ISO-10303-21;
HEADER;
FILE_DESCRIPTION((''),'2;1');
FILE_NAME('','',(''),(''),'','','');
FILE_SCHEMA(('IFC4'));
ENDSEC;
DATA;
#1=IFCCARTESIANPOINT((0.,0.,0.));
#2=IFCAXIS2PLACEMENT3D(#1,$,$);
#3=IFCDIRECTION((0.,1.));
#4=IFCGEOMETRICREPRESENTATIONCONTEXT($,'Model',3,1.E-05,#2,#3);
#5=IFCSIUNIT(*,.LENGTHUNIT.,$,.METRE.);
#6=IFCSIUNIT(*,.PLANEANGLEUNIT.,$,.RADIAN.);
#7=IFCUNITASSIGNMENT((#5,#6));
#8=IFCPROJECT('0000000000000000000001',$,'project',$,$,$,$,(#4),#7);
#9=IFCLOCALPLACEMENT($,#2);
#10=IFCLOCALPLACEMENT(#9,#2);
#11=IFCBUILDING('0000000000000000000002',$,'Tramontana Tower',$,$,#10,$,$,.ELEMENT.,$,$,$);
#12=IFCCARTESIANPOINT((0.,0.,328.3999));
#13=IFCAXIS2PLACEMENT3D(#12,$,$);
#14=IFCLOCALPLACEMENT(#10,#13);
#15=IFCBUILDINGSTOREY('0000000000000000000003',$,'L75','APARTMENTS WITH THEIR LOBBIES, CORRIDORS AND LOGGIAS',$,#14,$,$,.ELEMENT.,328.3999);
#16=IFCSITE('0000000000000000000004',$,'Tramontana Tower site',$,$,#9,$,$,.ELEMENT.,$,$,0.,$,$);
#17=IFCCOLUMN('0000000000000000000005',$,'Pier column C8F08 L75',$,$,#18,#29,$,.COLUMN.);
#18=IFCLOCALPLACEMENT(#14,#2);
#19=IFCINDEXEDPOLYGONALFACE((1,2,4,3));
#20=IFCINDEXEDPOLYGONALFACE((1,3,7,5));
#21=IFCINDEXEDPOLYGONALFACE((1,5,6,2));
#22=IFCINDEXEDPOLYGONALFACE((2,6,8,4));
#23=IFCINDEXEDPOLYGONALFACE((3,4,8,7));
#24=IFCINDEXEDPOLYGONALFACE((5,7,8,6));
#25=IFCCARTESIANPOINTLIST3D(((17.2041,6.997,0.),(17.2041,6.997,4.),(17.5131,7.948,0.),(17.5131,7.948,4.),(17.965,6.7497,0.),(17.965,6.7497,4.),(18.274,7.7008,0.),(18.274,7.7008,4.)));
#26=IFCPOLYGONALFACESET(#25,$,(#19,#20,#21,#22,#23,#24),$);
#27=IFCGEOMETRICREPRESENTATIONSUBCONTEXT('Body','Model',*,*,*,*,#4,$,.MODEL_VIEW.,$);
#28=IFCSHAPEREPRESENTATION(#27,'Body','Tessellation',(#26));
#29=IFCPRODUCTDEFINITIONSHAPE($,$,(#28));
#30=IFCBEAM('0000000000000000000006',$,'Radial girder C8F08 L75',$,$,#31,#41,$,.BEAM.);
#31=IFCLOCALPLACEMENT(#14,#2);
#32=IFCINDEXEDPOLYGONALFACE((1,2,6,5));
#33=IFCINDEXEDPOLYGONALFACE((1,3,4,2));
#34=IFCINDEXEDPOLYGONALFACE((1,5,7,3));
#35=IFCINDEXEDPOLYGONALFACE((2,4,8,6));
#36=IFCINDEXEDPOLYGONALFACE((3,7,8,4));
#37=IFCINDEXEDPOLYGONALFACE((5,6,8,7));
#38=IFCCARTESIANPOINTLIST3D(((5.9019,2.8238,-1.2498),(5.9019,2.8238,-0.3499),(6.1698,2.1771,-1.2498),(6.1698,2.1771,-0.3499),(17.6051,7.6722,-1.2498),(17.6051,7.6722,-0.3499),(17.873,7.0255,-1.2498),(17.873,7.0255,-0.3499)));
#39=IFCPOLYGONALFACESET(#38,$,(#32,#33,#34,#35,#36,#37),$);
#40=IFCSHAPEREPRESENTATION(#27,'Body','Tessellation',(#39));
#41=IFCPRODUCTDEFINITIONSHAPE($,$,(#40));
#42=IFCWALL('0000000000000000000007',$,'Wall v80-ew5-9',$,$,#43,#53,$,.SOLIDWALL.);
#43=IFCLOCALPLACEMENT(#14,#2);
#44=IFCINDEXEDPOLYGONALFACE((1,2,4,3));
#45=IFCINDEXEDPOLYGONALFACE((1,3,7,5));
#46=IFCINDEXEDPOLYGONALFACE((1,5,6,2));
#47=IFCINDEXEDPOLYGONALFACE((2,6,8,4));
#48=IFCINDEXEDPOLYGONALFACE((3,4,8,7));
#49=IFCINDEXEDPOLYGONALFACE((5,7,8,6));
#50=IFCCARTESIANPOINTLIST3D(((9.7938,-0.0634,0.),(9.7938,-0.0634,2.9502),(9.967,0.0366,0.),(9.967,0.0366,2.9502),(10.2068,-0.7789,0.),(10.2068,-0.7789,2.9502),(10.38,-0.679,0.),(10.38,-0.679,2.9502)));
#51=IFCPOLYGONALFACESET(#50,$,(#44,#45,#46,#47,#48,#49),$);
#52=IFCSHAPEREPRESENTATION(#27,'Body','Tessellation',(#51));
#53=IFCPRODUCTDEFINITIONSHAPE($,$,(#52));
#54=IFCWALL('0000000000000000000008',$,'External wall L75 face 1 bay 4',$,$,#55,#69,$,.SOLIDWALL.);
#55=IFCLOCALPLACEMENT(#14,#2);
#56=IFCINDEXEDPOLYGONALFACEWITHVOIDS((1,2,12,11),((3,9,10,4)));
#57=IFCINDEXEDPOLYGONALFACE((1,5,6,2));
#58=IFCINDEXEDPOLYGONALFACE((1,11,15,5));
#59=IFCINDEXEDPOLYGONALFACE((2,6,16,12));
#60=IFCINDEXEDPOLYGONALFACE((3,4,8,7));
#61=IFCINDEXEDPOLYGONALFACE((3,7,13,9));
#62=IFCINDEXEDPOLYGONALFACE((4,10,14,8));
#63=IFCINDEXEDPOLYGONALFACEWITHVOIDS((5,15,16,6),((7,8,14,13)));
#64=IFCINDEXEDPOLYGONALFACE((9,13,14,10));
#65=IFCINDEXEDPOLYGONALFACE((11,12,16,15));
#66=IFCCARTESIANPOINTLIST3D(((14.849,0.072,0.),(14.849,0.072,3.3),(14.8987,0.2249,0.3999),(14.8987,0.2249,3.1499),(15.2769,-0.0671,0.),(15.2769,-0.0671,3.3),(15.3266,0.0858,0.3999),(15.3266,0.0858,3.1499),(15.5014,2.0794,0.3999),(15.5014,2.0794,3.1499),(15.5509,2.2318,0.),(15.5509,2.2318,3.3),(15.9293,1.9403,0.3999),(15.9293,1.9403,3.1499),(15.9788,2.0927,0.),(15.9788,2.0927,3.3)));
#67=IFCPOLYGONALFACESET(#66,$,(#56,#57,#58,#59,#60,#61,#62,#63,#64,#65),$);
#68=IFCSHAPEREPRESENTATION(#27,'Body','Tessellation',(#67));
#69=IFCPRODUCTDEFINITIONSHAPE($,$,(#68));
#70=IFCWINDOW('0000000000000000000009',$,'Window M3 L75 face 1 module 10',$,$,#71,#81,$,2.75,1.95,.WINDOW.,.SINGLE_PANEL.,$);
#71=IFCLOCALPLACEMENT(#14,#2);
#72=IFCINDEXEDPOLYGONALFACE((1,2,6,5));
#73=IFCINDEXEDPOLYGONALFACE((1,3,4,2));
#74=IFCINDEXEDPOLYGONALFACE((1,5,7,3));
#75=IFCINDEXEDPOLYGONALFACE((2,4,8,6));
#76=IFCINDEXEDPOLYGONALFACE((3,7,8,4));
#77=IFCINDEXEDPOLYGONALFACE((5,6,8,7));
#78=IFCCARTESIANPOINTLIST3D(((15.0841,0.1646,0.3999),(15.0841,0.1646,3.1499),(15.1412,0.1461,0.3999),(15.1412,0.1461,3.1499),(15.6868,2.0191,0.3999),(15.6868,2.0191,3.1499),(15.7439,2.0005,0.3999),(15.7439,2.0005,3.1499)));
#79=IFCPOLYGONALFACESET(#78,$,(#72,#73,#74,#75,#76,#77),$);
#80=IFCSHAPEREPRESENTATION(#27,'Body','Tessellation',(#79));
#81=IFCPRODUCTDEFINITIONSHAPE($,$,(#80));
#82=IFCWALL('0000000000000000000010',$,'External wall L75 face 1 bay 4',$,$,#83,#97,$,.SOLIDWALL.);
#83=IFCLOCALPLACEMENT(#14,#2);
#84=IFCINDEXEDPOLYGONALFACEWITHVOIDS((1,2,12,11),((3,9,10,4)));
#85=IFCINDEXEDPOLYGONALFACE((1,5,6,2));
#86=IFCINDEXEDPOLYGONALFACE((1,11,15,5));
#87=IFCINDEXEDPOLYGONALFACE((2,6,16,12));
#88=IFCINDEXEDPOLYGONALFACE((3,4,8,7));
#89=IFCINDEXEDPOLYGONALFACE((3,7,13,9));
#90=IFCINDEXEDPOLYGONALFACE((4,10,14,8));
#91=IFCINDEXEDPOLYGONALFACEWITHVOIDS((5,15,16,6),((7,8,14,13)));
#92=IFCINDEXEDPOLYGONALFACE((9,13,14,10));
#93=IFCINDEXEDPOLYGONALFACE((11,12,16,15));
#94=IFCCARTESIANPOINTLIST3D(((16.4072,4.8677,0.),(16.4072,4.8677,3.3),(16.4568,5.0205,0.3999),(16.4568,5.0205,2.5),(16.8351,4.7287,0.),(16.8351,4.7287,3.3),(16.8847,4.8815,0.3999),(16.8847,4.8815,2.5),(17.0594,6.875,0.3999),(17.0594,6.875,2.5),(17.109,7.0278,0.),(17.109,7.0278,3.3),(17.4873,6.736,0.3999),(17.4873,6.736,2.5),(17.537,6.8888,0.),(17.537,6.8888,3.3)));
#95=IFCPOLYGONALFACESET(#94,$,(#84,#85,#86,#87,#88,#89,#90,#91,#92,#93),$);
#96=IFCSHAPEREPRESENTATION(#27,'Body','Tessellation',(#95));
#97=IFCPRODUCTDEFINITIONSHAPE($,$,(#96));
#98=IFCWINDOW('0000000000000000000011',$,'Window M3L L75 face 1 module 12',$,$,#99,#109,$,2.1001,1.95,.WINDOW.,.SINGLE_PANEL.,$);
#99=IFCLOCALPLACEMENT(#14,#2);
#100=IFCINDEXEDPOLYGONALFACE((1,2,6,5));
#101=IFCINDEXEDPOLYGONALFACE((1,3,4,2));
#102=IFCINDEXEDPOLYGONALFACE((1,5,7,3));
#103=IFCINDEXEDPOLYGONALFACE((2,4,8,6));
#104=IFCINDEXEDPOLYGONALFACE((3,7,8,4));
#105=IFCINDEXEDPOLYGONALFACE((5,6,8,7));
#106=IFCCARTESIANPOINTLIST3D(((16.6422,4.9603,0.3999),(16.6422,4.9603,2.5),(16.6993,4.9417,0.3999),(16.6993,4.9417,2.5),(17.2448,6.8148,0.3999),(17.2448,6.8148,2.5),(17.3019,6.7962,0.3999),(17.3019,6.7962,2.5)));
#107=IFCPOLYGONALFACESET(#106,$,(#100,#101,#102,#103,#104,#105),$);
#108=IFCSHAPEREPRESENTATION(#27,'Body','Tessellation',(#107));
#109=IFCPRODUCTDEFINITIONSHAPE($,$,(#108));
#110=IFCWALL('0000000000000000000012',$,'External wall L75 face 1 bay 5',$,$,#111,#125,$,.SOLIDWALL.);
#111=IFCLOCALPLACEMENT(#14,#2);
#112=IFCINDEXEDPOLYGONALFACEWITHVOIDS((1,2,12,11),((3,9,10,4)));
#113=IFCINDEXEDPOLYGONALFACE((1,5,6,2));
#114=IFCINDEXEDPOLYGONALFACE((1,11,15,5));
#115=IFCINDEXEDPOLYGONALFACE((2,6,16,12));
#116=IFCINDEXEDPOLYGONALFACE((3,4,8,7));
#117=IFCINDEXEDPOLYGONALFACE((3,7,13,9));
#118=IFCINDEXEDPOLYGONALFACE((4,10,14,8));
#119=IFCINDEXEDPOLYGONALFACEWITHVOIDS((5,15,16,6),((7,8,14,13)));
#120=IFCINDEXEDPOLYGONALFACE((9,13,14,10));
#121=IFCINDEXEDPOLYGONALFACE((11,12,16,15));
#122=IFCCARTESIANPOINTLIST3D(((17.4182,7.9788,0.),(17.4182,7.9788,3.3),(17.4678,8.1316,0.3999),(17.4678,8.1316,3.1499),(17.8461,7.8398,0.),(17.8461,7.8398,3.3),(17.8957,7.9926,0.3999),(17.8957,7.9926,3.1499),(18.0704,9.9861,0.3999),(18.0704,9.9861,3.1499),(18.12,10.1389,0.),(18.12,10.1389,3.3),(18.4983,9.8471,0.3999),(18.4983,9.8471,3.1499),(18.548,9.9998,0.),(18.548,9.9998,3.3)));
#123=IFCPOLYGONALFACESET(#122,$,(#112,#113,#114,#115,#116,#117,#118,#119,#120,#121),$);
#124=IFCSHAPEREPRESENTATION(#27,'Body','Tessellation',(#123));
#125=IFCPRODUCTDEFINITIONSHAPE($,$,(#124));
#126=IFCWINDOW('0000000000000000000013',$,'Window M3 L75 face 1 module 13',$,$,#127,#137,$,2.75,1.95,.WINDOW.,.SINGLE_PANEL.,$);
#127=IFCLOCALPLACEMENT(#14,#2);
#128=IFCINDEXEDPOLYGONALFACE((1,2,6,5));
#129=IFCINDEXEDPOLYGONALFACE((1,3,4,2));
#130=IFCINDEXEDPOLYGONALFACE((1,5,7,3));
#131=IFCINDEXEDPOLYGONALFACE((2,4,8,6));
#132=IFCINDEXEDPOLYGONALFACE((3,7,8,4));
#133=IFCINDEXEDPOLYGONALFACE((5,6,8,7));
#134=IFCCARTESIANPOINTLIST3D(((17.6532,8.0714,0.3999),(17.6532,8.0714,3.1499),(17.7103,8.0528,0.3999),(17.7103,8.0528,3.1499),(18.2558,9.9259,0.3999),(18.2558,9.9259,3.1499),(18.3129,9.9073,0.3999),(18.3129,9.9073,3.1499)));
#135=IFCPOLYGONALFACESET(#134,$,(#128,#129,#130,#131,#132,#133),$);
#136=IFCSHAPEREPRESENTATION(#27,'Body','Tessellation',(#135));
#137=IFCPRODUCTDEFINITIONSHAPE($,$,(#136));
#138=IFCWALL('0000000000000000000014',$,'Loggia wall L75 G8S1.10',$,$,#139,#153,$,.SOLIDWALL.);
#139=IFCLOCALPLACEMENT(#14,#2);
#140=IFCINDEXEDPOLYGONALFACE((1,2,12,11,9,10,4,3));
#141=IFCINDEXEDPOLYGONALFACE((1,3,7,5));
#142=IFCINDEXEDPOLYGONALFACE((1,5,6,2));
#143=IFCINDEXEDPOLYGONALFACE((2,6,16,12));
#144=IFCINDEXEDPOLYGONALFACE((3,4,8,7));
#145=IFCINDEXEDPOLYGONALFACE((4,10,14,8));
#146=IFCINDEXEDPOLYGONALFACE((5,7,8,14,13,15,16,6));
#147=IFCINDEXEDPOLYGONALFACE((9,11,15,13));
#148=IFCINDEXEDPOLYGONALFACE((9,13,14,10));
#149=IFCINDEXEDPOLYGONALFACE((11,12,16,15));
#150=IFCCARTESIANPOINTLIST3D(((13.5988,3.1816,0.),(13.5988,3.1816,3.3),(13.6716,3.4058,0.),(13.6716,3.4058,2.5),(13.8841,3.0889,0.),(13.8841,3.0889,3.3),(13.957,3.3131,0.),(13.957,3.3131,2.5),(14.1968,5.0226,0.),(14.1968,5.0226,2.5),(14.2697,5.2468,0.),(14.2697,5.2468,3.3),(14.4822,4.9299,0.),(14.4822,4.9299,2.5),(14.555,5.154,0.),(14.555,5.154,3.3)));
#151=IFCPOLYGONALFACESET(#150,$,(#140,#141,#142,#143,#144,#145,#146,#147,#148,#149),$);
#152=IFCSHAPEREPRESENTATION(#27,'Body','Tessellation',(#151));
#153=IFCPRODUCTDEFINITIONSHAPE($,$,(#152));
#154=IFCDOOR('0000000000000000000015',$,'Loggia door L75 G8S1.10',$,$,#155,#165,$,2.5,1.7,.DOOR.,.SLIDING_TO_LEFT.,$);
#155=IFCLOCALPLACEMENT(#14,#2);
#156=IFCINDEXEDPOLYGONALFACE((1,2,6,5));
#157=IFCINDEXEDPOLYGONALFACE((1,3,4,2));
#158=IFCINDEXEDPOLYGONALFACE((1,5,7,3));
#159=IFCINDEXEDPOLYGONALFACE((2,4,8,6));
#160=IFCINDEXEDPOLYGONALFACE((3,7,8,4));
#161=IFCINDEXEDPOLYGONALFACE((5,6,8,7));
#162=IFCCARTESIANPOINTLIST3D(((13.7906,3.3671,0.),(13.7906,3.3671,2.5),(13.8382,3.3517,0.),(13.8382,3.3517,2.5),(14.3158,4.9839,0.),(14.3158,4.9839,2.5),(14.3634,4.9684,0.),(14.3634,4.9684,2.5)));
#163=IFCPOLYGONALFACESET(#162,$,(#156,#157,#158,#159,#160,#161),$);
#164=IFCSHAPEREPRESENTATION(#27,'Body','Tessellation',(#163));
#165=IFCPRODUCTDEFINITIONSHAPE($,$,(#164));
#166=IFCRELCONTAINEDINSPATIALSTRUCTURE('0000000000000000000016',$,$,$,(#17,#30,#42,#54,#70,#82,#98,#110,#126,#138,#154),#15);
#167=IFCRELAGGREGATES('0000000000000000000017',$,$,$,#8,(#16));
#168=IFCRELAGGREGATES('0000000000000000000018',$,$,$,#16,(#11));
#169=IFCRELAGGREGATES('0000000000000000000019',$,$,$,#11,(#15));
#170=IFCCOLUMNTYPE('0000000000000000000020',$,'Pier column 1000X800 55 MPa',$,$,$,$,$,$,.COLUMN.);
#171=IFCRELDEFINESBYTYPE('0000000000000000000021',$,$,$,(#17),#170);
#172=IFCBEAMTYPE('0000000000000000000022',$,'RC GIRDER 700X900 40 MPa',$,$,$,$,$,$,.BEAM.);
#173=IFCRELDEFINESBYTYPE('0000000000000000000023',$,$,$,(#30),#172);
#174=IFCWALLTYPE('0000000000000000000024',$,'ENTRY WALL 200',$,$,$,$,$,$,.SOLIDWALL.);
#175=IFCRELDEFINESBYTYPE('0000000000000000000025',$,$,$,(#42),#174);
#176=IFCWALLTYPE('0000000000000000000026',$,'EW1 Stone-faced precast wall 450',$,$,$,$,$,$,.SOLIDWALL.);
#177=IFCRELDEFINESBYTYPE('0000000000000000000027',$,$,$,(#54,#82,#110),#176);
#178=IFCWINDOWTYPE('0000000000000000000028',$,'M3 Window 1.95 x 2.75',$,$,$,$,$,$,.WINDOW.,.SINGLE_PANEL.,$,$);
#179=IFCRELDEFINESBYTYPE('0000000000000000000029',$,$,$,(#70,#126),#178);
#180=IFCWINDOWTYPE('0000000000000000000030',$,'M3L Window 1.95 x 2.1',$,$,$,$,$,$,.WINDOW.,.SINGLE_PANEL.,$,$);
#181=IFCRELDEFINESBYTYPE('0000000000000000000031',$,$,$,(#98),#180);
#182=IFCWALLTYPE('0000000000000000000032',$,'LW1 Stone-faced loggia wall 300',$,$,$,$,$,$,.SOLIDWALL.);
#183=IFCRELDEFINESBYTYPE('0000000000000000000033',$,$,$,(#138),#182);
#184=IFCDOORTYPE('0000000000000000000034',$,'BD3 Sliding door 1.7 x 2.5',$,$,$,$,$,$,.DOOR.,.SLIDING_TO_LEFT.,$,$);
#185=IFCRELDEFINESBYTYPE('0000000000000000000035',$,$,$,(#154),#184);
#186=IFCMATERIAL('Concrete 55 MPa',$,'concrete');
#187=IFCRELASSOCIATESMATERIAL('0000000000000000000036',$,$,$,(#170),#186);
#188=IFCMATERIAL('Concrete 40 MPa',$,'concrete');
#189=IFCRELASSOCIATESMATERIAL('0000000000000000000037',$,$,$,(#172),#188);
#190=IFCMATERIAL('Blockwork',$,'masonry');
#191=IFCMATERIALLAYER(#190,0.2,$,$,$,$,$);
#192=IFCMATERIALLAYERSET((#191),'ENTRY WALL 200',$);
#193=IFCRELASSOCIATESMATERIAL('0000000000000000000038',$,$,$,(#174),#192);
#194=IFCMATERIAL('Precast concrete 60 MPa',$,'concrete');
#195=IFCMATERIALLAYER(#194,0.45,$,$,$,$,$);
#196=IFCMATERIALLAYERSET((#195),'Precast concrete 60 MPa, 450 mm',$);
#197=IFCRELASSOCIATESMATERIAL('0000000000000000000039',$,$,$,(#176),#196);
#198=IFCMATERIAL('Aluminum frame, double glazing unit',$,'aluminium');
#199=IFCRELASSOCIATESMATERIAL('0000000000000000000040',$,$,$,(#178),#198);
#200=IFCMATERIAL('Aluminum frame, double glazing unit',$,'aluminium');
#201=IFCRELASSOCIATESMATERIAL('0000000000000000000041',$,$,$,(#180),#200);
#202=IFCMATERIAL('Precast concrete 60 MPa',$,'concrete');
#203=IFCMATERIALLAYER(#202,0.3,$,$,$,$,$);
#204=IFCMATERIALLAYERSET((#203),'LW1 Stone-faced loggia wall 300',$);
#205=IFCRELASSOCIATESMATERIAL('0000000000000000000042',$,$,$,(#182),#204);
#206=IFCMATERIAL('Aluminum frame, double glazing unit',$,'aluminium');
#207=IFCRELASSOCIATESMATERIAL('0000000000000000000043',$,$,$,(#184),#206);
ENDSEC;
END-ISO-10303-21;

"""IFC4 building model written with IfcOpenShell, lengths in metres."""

from ifc_helpers import new_model, si_unit, direction, frame, frame_2d, origin, origin_2d, place, context, subcontext, project, spatial, rectangle, extrude, material, layer, layer_set, material_profile, profile_set, type_object, element, fill, save


model = new_model("IFC4")

# Units and contexts
model_context = context("Model", 3, precision=1e-05, world=origin(), true_north=direction((0.0, 1.0)))
body_context = subcontext(model_context, "Body", "Model", "MODEL_VIEW")
ifc_project = project(units=[si_unit("LENGTHUNIT", "METRE"), si_unit("PLANEANGLEUNIT", "RADIAN")], contexts=[model_context])

# Site, building, storey
site_placement = place(None, origin())
site = spatial("IfcSite", under=ifc_project, at=site_placement, Name="Tramontana Tower site", CompositionType="ELEMENT", RefElevation=0.0)
building_placement = place(site_placement, origin())
building = spatial("IfcBuilding", under=site, at=building_placement, Name="Tramontana Tower", CompositionType="ELEMENT")
storey_placement = place(building_placement, frame((0.0, 0.0, 328.3999)))
storey = spatial("IfcBuildingStorey", under=building, at=storey_placement, Name="L75", Description="APARTMENTS WITH THEIR LOBBIES, CORRIDORS AND LOGGIAS", CompositionType="ELEMENT", Elevation=328.3999)

# Column
ifc_material_1 = material(Name="Concrete 55 MPa", Category="concrete")
ifc_material_profile_1 = material_profile(ifc_material_1, rectangle(XDim=1.0, YDim=0.8, at=origin_2d()), Name="Pier column 1000X800 55 MPa")
ifc_profile_set_1 = profile_set([ifc_material_profile_1], Name="Concrete 55 MPa")
column_type = type_object("IfcColumnType", Name="Pier column 1000X800 55 MPa", PredefinedType="COLUMN", material=ifc_profile_set_1)
column_placement = place(storey_placement, frame((17.739, 7.3489, 0.0), z_axis=(0.0, 0.0, 1.0), x_axis=(0.309017, 0.951057, 0.0)))
element("IfcColumn", 1, at=column_placement, inside=storey, type_object=column_type, Name="Pier column C8F08 L75", PredefinedType="COLUMN", context=body_context, shape_type="SweptSolid", body=[
    extrude(rectangle(XDim=1.0, YDim=0.8, at=origin_2d()), origin(), (0.0, 0.0, 1.0), 4.0),
])

# Beam
ifc_material_2 = material(Name="Concrete 40 MPa", Category="concrete")
ifc_material_profile_2 = material_profile(ifc_material_2, rectangle(XDim=0.7, YDim=0.8999, at=origin_2d()), Name="RC GIRDER 700X900 40 MPa")
ifc_profile_set_2 = profile_set([ifc_material_profile_2], Name="Concrete 40 MPa")
beam_type = type_object("IfcBeamType", Name="RC GIRDER 700X900 40 MPa", PredefinedType="BEAM", material=ifc_profile_set_2)
beam_placement = place(storey_placement, frame((17.739, 7.3489, -0.7998), z_axis=(-0.923857, -0.382737, 0.0), x_axis=(0.382737, -0.923857, 0.0)))
element("IfcBeam", 2, at=beam_placement, inside=storey, type_object=beam_type, Name="Radial girder C8F08 L75", PredefinedType="BEAM", context=body_context, shape_type="SweptSolid", body=[
    extrude(rectangle(XDim=0.7, YDim=0.8999, at=origin_2d()), origin(), (0.0, 0.0, 1.0), 12.6677),
])

# Wall
ifc_material_3 = material(Name="Blockwork", Category="masonry")
ifc_layer_1 = layer(ifc_material_3, 0.2)
ifc_layer_set_1 = layer_set([ifc_layer_1], Name="ENTRY WALL 200")
wall_type_1 = type_object("IfcWallType", Name="ENTRY WALL 200", PredefinedType="SOLIDWALL", material=ifc_layer_set_1)
wall_1_placement = place(storey_placement, frame((9.8804, -0.0134, 0.0), z_axis=(0.0, 0.0, 1.0), x_axis=(0.499953, -0.866053, 0.0)))
element("IfcWall", 3, at=wall_1_placement, inside=storey, type_object=wall_type_1, Name="Wall v80-ew5-9", PredefinedType="SOLIDWALL", context=body_context, shape_type="SweptSolid", body=[
    extrude(rectangle(XDim=0.8262, YDim=0.2, at=frame_2d((0.4131, 0.0))), origin(), (0.0, 0.0, 1.0), 2.9502),
])

# Walls, openings, windows
ifc_material_4 = material(Name="Precast concrete 60 MPa", Category="concrete")
ifc_layer_2 = layer(ifc_material_4, 0.45)
ifc_layer_set_2 = layer_set([ifc_layer_2], Name="Precast concrete 60 MPa, 450 mm")
wall_type_2 = type_object("IfcWallType", Name="EW1 Stone-faced precast wall 450", PredefinedType="SOLIDWALL", material=ifc_layer_set_2)
wall_2_placement = place(storey_placement, frame((15.063, 0.0024, 0.0), z_axis=(0.0, 0.0, 1.0), x_axis=(0.309059, 0.951043, 0.0)))
wall_2 = element("IfcWall", 4, at=wall_2_placement, inside=storey, type_object=wall_type_2, Name="External wall L75 face 1 bay 4", PredefinedType="SOLIDWALL", context=body_context, shape_type="SweptSolid", body=[
    extrude(rectangle(XDim=2.271, YDim=0.45, at=frame_2d((1.1355, 0.0))), origin(), (0.0, 0.0, 1.0), 3.3),
])
opening_1_placement = place(wall_2_placement, frame((0.1606, 0.0, 0.3999)))
opening_1 = element("IfcOpeningElement", 5, at=opening_1_placement, cuts=wall_2, PredefinedType="OPENING", context=body_context, shape_type="SweptSolid", body=[
    extrude(rectangle(XDim=1.95, YDim=2.75, at=frame_2d((0.9751, 1.375))), frame((0.0, 0.2349, 0.0), z_axis=(0.0, -1.0, 0.0), x_axis=(1.0, 0.0, 0.0)), (0.0, 0.0, 1.0), 0.47),
])
ifc_material_5 = material(Name="Aluminum frame, double glazing unit", Category="aluminium")
window_type_1 = type_object("IfcWindowType", Name="M3 Window 1.95 x 2.75", PartitioningType="SINGLE_PANEL", PredefinedType="WINDOW", material=ifc_material_5)
window_1_placement = place(opening_1_placement, origin())
window_1 = element("IfcWindow", 6, at=window_1_placement, inside=storey, type_object=window_type_1, Name="Window M3 L75 face 1 module 10", OverallHeight=2.75, OverallWidth=1.95, PartitioningType="SINGLE_PANEL", PredefinedType="WINDOW", context=body_context, shape_type="SweptSolid", body=[
    extrude(rectangle(XDim=1.95, YDim=2.75, at=frame_2d((0.9751, 1.375))), frame((0.0, 0.03, 0.0), z_axis=(0.0, -1.0, 0.0), x_axis=(1.0, 0.0, 0.0)), (0.0, 0.0, 1.0), 0.0601),
])
fill(opening_1, window_1)
wall_3_placement = place(storey_placement, frame((16.6211, 4.7981, 0.0), z_axis=(0.0, 0.0, 1.0), x_axis=(0.309028, 0.951053, 0.0)))
wall_3 = element("IfcWall", 7, at=wall_3_placement, inside=storey, type_object=wall_type_2, Name="External wall L75 face 1 bay 4", PredefinedType="SOLIDWALL", context=body_context, shape_type="SweptSolid", body=[
    extrude(rectangle(XDim=2.2712, YDim=0.45, at=frame_2d((1.1357, 0.0))), origin(), (0.0, 0.0, 1.0), 3.3),
])
opening_2_placement = place(wall_3_placement, frame((0.1606, 0.0, 0.3999)))
opening_2 = element("IfcOpeningElement", 8, at=opening_2_placement, cuts=wall_3, PredefinedType="OPENING", context=body_context, shape_type="SweptSolid", body=[
    extrude(rectangle(XDim=1.95, YDim=2.1001, at=frame_2d((0.9751, 1.05))), frame((0.0, 0.2349, 0.0), z_axis=(0.0, -1.0, 0.0), x_axis=(1.0, 0.0, 0.0)), (0.0, 0.0, 1.0), 0.47),
])
ifc_material_6 = material(Name="Aluminum frame, double glazing unit", Category="aluminium")
window_type_2 = type_object("IfcWindowType", Name="M3L Window 1.95 x 2.1", PartitioningType="SINGLE_PANEL", PredefinedType="WINDOW", material=ifc_material_6)
window_2_placement = place(opening_2_placement, origin())
window_2 = element("IfcWindow", 9, at=window_2_placement, inside=storey, type_object=window_type_2, Name="Window M3L L75 face 1 module 12", OverallHeight=2.1001, OverallWidth=1.95, PartitioningType="SINGLE_PANEL", PredefinedType="WINDOW", context=body_context, shape_type="SweptSolid", body=[
    extrude(rectangle(XDim=1.95, YDim=2.1001, at=frame_2d((0.9751, 1.05))), frame((0.0, 0.03, 0.0), z_axis=(0.0, -1.0, 0.0), x_axis=(1.0, 0.0, 0.0)), (0.0, 0.0, 1.0), 0.0601),
])
fill(opening_2, window_2)
wall_4_placement = place(storey_placement, frame((17.6321, 7.9092, 0.0), z_axis=(0.0, 0.0, 1.0), x_axis=(0.309028, 0.951053, 0.0)))
wall_4 = element("IfcWall", 10, at=wall_4_placement, inside=storey, type_object=wall_type_2, Name="External wall L75 face 1 bay 5", PredefinedType="SOLIDWALL", context=body_context, shape_type="SweptSolid", body=[
    extrude(rectangle(XDim=2.2712, YDim=0.45, at=frame_2d((1.1357, 0.0))), origin(), (0.0, 0.0, 1.0), 3.3),
])
opening_3_placement = place(wall_4_placement, frame((0.1606, 0.0, 0.3999)))
opening_3 = element("IfcOpeningElement", 11, at=opening_3_placement, cuts=wall_4, PredefinedType="OPENING", context=body_context, shape_type="SweptSolid", body=[
    extrude(rectangle(XDim=1.95, YDim=2.75, at=frame_2d((0.9751, 1.375))), frame((0.0, 0.2349, 0.0), z_axis=(0.0, -1.0, 0.0), x_axis=(1.0, 0.0, 0.0)), (0.0, 0.0, 1.0), 0.47),
])
window_3_placement = place(opening_3_placement, origin())
window_3 = element("IfcWindow", 12, at=window_3_placement, inside=storey, type_object=window_type_1, Name="Window M3 L75 face 1 module 13", OverallHeight=2.75, OverallWidth=1.95, PartitioningType="SINGLE_PANEL", PredefinedType="WINDOW", context=body_context, shape_type="SweptSolid", body=[
    extrude(rectangle(XDim=1.95, YDim=2.75, at=frame_2d((0.9751, 1.375))), frame((0.0, 0.03, 0.0), z_axis=(0.0, -1.0, 0.0), x_axis=(1.0, 0.0, 0.0)), (0.0, 0.0, 1.0), 0.0601),
])
fill(opening_3, window_3)

# Wall, opening, door
ifc_material_7 = material(Name="Precast concrete 60 MPa", Category="concrete")
ifc_layer_3 = layer(ifc_material_7, 0.3)
ifc_layer_set_3 = layer_set([ifc_layer_3], Name="LW1 Stone-faced loggia wall 300")
wall_type_3 = type_object("IfcWallType", Name="LW1 Stone-faced loggia wall 300", PredefinedType="SOLIDWALL", material=ifc_layer_set_3)
wall_5_placement = place(storey_placement, frame((13.7415, 3.1353, 0.0), z_axis=(0.0, 0.0, 1.0), x_axis=(0.308967, 0.951073, 0.0)))
wall_5 = element("IfcWall", 13, at=wall_5_placement, inside=storey, type_object=wall_type_3, Name="Loggia wall L75 G8S1.10", PredefinedType="SOLIDWALL", context=body_context, shape_type="SweptSolid", body=[
    extrude(rectangle(XDim=2.1714, YDim=0.3, at=frame_2d((1.0857, 0.0))), origin(), (0.0, 0.0, 1.0), 3.3),
])
opening_4_placement = place(wall_5_placement, frame((0.2356, 0.0, 0.0)))
opening_4 = element("IfcOpeningElement", 14, at=opening_4_placement, cuts=wall_5, PredefinedType="OPENING", context=body_context, shape_type="SweptSolid", body=[
    extrude(rectangle(XDim=1.7, YDim=2.5, at=frame_2d((0.8501, 1.25))), frame((0.0, 0.1599, 0.0), z_axis=(0.0, -1.0, 0.0), x_axis=(1.0, 0.0, 0.0)), (0.0, 0.0, 1.0), 0.3201),
])
ifc_material_8 = material(Name="Aluminum frame, double glazing unit", Category="aluminium")
door_type_1 = type_object("IfcDoorType", Name="BD3 Sliding door 1.7 x 2.5", OperationType="SLIDING_TO_LEFT", PredefinedType="DOOR", material=ifc_material_8)
door_1_placement = place(opening_4_placement, origin())
door_1 = element("IfcDoor", 15, at=door_1_placement, inside=storey, type_object=door_type_1, Name="Loggia door L75 G8S1.10", OperationType="SLIDING_TO_LEFT", OverallHeight=2.5, OverallWidth=1.7, PredefinedType="DOOR", context=body_context, shape_type="SweptSolid", body=[
    extrude(rectangle(XDim=1.7, YDim=2.5, at=frame_2d((0.8501, 1.25))), frame((0.0, 0.0249, 0.0), z_axis=(0.0, -1.0, 0.0), x_axis=(1.0, 0.0, 0.0)), (0.0, 0.0, 1.0), 0.05),
])
fill(opening_4, door_1)

save(model, "model.ifc")
